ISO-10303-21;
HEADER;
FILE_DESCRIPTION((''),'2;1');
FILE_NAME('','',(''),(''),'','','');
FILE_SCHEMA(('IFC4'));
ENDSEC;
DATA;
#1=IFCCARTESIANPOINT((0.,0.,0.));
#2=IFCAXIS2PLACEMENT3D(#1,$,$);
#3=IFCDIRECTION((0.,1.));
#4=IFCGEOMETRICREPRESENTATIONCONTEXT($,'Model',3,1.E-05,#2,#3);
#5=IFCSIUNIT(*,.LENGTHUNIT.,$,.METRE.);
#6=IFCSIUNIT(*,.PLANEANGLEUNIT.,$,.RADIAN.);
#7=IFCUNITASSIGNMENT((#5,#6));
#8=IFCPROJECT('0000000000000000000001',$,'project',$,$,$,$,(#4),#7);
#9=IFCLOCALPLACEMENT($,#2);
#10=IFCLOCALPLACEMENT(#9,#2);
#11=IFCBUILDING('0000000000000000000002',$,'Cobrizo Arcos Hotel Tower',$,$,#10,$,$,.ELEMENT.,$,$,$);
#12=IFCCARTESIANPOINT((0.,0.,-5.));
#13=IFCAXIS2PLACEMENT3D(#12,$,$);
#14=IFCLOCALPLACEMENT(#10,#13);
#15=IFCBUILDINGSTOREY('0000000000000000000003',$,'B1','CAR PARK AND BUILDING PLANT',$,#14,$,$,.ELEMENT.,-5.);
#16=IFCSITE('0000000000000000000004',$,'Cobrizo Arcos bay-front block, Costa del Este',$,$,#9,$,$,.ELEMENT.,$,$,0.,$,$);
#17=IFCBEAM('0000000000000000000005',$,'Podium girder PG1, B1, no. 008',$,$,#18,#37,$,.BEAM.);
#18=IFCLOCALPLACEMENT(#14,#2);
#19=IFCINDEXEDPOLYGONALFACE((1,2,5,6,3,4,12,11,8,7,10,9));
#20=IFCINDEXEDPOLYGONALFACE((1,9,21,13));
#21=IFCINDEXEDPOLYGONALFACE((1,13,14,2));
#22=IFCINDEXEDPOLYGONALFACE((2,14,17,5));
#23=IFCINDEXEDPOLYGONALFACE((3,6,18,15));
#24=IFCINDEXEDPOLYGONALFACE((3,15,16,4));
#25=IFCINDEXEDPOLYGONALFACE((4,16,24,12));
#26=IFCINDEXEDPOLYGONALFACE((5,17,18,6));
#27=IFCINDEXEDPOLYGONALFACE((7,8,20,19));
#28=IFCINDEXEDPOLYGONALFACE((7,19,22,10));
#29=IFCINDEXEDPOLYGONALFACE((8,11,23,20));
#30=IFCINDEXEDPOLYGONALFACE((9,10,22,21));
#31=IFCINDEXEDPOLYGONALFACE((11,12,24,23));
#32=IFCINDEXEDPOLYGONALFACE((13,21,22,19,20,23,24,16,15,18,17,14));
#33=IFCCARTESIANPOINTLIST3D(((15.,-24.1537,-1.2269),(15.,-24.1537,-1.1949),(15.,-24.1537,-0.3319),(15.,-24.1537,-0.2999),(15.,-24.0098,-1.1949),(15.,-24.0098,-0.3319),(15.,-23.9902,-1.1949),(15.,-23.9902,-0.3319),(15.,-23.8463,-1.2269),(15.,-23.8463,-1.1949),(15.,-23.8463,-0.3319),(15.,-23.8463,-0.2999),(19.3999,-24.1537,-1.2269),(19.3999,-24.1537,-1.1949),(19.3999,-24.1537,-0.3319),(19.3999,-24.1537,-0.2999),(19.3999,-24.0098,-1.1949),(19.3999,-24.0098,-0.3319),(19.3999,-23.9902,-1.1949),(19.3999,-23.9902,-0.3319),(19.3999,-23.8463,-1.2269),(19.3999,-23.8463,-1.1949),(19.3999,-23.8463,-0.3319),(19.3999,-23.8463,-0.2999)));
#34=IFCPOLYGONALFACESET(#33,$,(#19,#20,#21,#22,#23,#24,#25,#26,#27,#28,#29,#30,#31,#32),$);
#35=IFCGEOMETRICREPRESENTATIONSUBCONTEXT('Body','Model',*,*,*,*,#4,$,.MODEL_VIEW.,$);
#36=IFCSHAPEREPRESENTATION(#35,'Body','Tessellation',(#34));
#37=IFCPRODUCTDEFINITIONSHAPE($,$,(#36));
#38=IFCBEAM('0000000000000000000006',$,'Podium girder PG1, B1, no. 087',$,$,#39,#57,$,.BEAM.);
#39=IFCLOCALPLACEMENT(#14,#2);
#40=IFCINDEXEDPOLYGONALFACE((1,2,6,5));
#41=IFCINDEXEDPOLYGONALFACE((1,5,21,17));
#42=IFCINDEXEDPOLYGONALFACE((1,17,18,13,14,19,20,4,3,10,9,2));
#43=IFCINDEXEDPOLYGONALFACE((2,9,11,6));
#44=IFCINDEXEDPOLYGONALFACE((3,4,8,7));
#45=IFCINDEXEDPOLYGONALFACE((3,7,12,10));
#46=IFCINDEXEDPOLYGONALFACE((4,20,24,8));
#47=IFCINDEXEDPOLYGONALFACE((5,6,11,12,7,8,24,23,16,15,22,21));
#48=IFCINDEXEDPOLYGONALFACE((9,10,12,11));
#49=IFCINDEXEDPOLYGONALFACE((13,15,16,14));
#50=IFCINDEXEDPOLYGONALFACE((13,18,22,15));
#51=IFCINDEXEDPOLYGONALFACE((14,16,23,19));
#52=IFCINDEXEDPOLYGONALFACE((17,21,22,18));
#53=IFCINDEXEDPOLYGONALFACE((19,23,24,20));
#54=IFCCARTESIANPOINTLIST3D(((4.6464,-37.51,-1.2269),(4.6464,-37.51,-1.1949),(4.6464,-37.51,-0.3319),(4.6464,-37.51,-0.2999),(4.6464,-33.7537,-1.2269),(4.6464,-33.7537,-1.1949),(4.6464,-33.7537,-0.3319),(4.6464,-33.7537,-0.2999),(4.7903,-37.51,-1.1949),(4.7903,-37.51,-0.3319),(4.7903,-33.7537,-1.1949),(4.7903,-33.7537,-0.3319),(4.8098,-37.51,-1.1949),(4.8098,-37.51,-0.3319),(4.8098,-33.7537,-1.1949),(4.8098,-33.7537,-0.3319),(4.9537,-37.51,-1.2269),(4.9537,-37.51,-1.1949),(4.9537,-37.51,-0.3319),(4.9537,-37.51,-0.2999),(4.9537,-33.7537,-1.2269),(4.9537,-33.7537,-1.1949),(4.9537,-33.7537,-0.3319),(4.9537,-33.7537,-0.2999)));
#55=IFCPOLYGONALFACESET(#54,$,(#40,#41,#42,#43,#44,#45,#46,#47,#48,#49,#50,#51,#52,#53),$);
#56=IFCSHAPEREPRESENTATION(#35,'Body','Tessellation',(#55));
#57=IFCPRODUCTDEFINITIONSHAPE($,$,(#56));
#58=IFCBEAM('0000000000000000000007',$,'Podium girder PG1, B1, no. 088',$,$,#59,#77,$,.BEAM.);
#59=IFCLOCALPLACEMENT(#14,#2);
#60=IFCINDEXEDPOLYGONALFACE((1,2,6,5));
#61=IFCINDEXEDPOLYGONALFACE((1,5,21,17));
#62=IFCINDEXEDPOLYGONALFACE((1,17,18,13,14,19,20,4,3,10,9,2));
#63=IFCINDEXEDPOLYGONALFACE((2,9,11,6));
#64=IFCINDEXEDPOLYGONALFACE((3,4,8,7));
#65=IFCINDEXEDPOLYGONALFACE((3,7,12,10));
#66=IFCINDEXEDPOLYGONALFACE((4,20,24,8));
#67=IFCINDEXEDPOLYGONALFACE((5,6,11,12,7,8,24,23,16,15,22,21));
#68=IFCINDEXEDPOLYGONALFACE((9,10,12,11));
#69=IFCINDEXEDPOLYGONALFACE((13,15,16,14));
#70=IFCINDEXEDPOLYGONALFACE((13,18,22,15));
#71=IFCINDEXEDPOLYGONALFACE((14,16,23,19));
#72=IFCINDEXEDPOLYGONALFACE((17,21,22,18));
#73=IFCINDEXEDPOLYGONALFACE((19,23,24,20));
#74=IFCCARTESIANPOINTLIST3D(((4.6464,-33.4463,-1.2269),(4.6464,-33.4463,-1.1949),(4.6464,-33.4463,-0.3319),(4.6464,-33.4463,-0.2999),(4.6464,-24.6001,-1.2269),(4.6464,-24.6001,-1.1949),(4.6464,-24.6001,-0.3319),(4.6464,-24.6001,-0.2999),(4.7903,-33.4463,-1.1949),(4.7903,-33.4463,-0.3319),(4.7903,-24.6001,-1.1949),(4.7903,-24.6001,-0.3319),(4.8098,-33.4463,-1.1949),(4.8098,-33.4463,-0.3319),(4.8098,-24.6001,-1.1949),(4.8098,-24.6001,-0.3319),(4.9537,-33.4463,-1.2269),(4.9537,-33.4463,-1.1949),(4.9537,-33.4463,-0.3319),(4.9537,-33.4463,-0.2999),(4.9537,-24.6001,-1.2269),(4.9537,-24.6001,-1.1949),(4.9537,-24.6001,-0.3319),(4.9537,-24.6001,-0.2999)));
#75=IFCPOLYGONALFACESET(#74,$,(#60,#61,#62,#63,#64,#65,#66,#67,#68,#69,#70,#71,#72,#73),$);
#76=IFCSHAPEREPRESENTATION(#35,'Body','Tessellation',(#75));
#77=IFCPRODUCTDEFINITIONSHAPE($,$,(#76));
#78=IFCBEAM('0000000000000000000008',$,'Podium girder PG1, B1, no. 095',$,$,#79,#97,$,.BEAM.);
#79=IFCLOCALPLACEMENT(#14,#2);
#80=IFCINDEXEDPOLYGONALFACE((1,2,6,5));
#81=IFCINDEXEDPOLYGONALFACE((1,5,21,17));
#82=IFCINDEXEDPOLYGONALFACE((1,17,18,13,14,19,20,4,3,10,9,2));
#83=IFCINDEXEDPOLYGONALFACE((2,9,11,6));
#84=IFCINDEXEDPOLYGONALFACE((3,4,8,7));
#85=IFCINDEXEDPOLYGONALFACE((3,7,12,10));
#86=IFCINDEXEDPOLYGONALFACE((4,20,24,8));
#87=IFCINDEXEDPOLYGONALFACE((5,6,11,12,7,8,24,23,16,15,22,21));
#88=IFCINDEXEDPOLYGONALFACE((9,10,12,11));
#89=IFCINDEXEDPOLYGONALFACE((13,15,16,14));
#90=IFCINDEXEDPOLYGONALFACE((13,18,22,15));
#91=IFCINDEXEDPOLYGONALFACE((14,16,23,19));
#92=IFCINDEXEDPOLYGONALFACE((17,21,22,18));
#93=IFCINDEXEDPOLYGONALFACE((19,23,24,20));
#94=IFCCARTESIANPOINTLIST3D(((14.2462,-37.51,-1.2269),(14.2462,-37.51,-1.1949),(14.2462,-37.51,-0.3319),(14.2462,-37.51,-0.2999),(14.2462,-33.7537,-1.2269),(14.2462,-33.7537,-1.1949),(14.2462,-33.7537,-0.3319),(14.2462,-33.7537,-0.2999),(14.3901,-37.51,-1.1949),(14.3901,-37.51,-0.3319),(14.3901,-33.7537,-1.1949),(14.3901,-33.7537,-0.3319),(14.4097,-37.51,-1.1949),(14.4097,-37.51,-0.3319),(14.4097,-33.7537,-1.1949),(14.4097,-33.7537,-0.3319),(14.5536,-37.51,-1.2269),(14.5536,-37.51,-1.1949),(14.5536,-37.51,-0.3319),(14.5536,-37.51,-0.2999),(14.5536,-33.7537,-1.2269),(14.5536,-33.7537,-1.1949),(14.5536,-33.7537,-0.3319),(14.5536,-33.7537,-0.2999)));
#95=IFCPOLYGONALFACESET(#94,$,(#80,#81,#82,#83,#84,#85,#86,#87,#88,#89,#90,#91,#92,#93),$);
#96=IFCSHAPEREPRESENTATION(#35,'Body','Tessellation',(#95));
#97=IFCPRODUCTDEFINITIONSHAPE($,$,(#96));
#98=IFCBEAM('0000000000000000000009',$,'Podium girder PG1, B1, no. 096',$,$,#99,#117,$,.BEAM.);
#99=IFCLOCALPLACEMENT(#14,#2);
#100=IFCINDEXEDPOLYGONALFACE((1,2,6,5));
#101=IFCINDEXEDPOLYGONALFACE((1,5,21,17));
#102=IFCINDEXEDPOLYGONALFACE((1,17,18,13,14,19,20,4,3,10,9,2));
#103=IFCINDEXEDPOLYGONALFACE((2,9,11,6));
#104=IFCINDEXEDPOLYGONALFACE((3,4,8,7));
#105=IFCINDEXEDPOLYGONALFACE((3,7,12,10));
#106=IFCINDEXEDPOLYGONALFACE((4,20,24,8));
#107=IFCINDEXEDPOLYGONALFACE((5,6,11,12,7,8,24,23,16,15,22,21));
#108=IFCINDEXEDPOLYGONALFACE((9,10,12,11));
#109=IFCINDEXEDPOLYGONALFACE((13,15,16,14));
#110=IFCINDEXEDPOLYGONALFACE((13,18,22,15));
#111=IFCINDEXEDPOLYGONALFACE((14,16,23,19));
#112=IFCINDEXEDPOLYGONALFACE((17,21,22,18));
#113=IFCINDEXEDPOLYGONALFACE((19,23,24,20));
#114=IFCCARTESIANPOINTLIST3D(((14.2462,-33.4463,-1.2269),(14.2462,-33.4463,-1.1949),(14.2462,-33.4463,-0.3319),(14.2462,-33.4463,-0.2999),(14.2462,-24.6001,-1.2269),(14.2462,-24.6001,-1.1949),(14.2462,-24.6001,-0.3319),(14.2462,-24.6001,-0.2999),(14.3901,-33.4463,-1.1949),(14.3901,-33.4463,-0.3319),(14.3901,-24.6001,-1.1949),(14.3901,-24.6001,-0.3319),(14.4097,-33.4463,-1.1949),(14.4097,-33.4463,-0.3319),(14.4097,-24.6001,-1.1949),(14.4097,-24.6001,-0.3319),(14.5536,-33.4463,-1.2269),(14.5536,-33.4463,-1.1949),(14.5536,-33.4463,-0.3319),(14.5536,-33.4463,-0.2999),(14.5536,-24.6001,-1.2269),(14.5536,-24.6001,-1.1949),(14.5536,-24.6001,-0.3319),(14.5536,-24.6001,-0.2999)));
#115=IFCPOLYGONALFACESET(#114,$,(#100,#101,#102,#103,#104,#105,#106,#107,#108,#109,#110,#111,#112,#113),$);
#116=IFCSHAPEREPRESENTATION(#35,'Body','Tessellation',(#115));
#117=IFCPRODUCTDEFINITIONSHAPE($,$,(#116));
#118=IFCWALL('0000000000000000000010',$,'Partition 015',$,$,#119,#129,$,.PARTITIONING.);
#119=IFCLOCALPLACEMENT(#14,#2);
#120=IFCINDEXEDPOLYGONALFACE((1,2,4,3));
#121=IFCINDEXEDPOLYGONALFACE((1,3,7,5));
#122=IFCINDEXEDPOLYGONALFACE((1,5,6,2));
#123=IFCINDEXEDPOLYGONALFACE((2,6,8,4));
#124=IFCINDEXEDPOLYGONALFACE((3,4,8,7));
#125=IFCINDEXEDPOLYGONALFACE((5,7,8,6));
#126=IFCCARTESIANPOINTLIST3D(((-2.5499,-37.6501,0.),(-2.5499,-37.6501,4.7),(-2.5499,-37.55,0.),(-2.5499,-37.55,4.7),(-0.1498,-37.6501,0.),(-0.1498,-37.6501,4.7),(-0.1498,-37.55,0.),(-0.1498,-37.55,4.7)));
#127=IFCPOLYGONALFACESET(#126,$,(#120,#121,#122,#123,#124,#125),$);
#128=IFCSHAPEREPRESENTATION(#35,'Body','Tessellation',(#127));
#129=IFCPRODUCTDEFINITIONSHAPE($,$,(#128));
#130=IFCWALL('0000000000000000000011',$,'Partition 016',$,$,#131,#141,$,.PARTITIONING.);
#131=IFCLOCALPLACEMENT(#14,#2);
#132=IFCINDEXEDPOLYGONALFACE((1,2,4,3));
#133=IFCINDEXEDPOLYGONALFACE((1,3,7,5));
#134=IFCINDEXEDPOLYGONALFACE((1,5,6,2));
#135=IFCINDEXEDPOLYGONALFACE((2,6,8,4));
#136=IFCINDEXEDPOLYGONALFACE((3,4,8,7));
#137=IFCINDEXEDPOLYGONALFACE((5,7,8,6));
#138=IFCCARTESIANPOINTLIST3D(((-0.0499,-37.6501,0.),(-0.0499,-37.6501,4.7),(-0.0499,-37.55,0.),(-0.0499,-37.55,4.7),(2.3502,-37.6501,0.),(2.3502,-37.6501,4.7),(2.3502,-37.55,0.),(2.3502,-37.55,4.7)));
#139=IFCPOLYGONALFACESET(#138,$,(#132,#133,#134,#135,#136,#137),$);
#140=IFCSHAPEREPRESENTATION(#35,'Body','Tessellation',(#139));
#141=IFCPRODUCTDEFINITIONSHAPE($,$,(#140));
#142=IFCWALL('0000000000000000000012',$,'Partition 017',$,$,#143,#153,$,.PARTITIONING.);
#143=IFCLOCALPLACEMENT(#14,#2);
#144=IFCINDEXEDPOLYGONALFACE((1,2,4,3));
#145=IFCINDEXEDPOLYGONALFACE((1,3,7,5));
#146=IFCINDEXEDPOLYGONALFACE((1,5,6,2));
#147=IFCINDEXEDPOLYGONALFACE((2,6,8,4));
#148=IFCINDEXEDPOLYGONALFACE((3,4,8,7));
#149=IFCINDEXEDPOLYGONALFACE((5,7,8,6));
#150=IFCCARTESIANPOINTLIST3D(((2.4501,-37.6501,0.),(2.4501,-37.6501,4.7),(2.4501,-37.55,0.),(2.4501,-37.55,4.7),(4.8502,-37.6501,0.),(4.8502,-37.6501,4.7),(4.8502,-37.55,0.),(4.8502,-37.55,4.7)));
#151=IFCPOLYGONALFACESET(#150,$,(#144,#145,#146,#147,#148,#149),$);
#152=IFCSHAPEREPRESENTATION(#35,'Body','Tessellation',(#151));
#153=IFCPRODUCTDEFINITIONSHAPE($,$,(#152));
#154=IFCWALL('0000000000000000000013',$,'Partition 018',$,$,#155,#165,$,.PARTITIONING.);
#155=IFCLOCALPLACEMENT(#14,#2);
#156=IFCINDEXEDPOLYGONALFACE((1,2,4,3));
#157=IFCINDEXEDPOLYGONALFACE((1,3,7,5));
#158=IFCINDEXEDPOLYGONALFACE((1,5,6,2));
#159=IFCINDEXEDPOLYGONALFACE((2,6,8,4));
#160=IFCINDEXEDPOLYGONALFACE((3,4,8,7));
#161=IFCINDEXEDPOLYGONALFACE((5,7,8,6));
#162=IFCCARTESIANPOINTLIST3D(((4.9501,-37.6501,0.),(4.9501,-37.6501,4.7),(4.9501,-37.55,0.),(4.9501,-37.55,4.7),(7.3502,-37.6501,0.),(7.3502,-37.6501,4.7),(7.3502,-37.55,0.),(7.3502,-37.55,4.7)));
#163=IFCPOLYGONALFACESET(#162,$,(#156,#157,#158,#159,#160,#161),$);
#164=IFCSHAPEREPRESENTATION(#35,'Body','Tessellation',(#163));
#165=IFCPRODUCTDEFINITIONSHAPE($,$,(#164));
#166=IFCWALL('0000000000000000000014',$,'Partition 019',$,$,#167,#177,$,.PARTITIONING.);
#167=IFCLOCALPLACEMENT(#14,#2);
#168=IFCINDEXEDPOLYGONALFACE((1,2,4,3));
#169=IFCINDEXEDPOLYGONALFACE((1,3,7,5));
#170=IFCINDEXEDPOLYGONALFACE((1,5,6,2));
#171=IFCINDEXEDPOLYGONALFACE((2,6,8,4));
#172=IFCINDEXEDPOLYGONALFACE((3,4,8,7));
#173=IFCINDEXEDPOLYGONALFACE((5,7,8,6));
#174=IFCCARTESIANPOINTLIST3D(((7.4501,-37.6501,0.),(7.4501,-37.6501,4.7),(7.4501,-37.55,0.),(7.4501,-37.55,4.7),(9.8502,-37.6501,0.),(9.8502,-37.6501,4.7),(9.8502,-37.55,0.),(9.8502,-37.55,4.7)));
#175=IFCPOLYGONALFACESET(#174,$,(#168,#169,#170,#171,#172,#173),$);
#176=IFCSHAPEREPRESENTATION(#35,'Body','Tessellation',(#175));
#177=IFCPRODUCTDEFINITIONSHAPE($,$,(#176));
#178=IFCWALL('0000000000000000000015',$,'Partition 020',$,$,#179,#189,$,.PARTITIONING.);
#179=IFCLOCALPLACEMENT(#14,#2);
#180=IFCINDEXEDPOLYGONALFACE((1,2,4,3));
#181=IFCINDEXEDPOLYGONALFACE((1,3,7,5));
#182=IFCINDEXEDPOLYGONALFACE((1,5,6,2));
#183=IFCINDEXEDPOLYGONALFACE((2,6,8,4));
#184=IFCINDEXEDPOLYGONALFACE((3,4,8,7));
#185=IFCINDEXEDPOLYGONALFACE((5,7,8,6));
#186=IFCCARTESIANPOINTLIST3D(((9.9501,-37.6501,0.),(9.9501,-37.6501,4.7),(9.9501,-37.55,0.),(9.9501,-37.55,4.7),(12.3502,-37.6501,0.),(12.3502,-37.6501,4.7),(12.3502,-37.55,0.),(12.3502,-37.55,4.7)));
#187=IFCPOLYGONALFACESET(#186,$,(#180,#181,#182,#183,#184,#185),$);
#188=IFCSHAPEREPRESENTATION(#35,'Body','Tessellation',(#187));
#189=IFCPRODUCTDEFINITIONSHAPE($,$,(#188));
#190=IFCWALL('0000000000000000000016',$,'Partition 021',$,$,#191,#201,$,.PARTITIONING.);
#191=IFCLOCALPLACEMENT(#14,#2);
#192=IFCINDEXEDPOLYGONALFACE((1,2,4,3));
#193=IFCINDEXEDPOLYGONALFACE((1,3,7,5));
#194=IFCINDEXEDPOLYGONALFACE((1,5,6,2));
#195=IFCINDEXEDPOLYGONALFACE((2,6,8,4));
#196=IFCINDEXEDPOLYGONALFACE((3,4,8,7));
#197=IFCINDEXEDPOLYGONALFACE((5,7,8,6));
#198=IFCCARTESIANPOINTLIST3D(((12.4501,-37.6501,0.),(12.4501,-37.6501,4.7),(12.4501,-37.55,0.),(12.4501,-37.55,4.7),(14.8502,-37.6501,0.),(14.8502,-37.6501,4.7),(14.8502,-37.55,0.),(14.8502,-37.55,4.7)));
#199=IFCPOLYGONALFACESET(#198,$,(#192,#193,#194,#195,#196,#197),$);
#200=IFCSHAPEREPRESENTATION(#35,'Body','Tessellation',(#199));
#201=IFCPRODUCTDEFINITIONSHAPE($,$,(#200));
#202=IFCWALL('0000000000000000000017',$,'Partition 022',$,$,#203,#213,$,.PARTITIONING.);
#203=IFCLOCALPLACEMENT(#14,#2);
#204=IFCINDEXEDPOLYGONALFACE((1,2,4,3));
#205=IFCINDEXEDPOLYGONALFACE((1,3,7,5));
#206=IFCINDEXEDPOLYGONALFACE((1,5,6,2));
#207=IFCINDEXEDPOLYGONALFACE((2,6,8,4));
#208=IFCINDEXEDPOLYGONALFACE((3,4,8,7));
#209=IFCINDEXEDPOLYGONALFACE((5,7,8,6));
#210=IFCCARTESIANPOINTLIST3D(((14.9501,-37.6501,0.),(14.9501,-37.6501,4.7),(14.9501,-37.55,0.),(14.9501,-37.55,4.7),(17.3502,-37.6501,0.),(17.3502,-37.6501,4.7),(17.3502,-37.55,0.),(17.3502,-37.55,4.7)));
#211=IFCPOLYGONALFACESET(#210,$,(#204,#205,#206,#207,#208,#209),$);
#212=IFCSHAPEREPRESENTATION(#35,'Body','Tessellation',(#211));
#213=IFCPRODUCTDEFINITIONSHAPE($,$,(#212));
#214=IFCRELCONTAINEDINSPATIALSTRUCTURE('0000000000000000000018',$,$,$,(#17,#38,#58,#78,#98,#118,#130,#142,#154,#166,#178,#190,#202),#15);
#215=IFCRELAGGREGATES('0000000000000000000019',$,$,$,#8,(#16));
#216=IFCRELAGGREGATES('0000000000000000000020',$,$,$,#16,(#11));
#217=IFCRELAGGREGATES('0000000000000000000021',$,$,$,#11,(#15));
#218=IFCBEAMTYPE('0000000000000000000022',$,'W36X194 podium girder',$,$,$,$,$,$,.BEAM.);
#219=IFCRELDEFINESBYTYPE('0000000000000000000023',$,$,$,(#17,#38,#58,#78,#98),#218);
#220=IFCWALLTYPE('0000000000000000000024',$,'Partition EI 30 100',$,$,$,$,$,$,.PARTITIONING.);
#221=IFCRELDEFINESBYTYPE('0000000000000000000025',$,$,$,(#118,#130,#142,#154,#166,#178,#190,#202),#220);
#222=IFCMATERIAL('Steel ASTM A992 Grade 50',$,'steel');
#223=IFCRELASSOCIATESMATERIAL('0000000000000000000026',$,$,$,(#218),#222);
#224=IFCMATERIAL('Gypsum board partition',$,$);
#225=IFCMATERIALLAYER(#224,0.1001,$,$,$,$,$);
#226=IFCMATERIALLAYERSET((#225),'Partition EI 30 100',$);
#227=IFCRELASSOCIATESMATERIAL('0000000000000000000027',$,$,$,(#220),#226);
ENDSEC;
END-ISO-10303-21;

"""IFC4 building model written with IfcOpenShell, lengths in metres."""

from ifc_helpers import new_model, si_unit, direction, frame, frame_2d, origin, origin_2d, place, context, subcontext, project, spatial, rectangle, i_section, extrude, material, layer, layer_set, material_profile, profile_set, type_object, element, save


model = new_model("IFC4")

# Units and contexts
model_context = context("Model", 3, precision=1e-05, world=origin(), true_north=direction((0.0, 1.0)))
body_context = subcontext(model_context, "Body", "Model", "MODEL_VIEW")
ifc_project = project(units=[si_unit("LENGTHUNIT", "METRE"), si_unit("PLANEANGLEUNIT", "RADIAN")], contexts=[model_context])

# Site, building, storey
site_placement = place(None, origin())
site = spatial("IfcSite", under=ifc_project, at=site_placement, Name="Cobrizo Arcos bay-front block, Costa del Este", CompositionType="ELEMENT", RefElevation=0.0)
building_placement = place(site_placement, origin())
building = spatial("IfcBuilding", under=site, at=building_placement, Name="Cobrizo Arcos Hotel Tower", CompositionType="ELEMENT")
storey_placement = place(building_placement, frame((0.0, 0.0, -5.0)))
storey = spatial("IfcBuildingStorey", under=building, at=storey_placement, Name="B1", Description="CAR PARK AND BUILDING PLANT", CompositionType="ELEMENT", Elevation=-5.0)

# Beams
ifc_material_1 = material(Name="Steel ASTM A992 Grade 50", Category="steel")
ifc_material_profile_1 = material_profile(ifc_material_1, i_section(OverallWidth=0.3074, OverallDepth=0.927, WebThickness=0.0195, FlangeThickness=0.032, at=origin_2d()), Name="W36X194")
ifc_profile_set_1 = profile_set([ifc_material_profile_1], Name="Steel ASTM A992 Grade 50")
beam_type_1 = type_object("IfcBeamType", Name="W36X194 podium girder", PredefinedType="BEAM", material=ifc_profile_set_1)
beam_1_placement = place(storey_placement, frame((15.0, -24.0, -0.7634), z_axis=(1.0, 0.0, 0.0), x_axis=(0.0, 1.0, 0.0)))
element("IfcBeam", 1, at=beam_1_placement, inside=storey, type_object=beam_type_1, Name="Podium girder PG1, B1, no. 008", PredefinedType="BEAM", context=body_context, shape_type="SweptSolid", body=[
    extrude(i_section(OverallWidth=0.3074, OverallDepth=0.927, WebThickness=0.0195, FlangeThickness=0.032, at=origin_2d()), origin(), (0.0, 0.0, 1.0), 4.3999),
])
beam_2_placement = place(storey_placement, frame((4.8, -37.51, -0.7634), z_axis=(0.0, 1.0, 0.0), x_axis=(-1.0, 0.0, 0.0)))
element("IfcBeam", 2, at=beam_2_placement, inside=storey, type_object=beam_type_1, Name="Podium girder PG1, B1, no. 087", PredefinedType="BEAM", context=body_context, shape_type="SweptSolid", body=[
    extrude(i_section(OverallWidth=0.3074, OverallDepth=0.927, WebThickness=0.0195, FlangeThickness=0.032, at=origin_2d()), origin(), (0.0, 0.0, 1.0), 3.7563),
])
beam_3_placement = place(storey_placement, frame((4.8, -33.4463, -0.7634), z_axis=(0.0, 1.0, 0.0), x_axis=(-1.0, 0.0, 0.0)))
element("IfcBeam", 3, at=beam_3_placement, inside=storey, type_object=beam_type_1, Name="Podium girder PG1, B1, no. 088", PredefinedType="BEAM", context=body_context, shape_type="SweptSolid", body=[
    extrude(i_section(OverallWidth=0.3074, OverallDepth=0.927, WebThickness=0.0195, FlangeThickness=0.032, at=origin_2d()), origin(), (0.0, 0.0, 1.0), 8.8462),
])
beam_4_placement = place(storey_placement, frame((14.3999, -37.51, -0.7634), z_axis=(0.0, 1.0, 0.0), x_axis=(-1.0, 0.0, 0.0)))
element("IfcBeam", 4, at=beam_4_placement, inside=storey, type_object=beam_type_1, Name="Podium girder PG1, B1, no. 095", PredefinedType="BEAM", context=body_context, shape_type="SweptSolid", body=[
    extrude(i_section(OverallWidth=0.3074, OverallDepth=0.927, WebThickness=0.0195, FlangeThickness=0.032, at=origin_2d()), origin(), (0.0, 0.0, 1.0), 3.7563),
])
beam_5_placement = place(storey_placement, frame((14.3999, -33.4463, -0.7634), z_axis=(0.0, 1.0, 0.0), x_axis=(-1.0, 0.0, 0.0)))
element("IfcBeam", 5, at=beam_5_placement, inside=storey, type_object=beam_type_1, Name="Podium girder PG1, B1, no. 096", PredefinedType="BEAM", context=body_context, shape_type="SweptSolid", body=[
    extrude(i_section(OverallWidth=0.3074, OverallDepth=0.927, WebThickness=0.0195, FlangeThickness=0.032, at=origin_2d()), origin(), (0.0, 0.0, 1.0), 8.8462),
])

# Walls
ifc_material_2 = material(Name="Gypsum board partition")
ifc_layer = layer(ifc_material_2, 0.1001)
ifc_layer_set = layer_set([ifc_layer], Name="Partition EI 30 100")
wall_type = type_object("IfcWallType", Name="Partition EI 30 100", PredefinedType="PARTITIONING", material=ifc_layer_set)
for number, where, z_axis, x_axis, name in (
    (6, (-2.55, -37.6001, 0.0), (0.0, 0.0, 1.0), (1.0, 0.0, 0.0), "Partition 015"),
    (7, (-0.05, -37.6001, 0.0), (0.0, 0.0, 1.0), (1.0, 0.0, 0.0), "Partition 016"),
    (8, (2.45, -37.6001, 0.0), (0.0, 0.0, 1.0), (1.0, 0.0, 0.0), "Partition 017"),
    (9, (4.95, -37.6001, 0.0), (0.0, 0.0, 1.0), (1.0, 0.0, 0.0), "Partition 018"),
    (10, (7.45, -37.6001, 0.0), (0.0, 0.0, 1.0), (1.0, 0.0, 0.0), "Partition 019"),
    (11, (9.95, -37.6001, 0.0), (0.0, 0.0, 1.0), (1.0, 0.0, 0.0), "Partition 020"),
    (12, (12.45, -37.6001, 0.0), (0.0, 0.0, 1.0), (1.0, 0.0, 0.0), "Partition 021"),
    (13, (14.95, -37.6001, 0.0), (0.0, 0.0, 1.0), (1.0, 0.0, 0.0), "Partition 022"),
):
    element("IfcWall", number, at=place(storey_placement, frame(where, z_axis=z_axis, x_axis=x_axis)), inside=storey, type_object=wall_type, Name=name, PredefinedType="PARTITIONING", context=body_context, shape_type="SweptSolid", body=[
        extrude(rectangle(XDim=2.4001, YDim=0.1001, at=frame_2d((1.2002, 0.0))), origin(), (0.0, 0.0, 1.0), 4.7),
    ])

save(model, "model.ifc")
